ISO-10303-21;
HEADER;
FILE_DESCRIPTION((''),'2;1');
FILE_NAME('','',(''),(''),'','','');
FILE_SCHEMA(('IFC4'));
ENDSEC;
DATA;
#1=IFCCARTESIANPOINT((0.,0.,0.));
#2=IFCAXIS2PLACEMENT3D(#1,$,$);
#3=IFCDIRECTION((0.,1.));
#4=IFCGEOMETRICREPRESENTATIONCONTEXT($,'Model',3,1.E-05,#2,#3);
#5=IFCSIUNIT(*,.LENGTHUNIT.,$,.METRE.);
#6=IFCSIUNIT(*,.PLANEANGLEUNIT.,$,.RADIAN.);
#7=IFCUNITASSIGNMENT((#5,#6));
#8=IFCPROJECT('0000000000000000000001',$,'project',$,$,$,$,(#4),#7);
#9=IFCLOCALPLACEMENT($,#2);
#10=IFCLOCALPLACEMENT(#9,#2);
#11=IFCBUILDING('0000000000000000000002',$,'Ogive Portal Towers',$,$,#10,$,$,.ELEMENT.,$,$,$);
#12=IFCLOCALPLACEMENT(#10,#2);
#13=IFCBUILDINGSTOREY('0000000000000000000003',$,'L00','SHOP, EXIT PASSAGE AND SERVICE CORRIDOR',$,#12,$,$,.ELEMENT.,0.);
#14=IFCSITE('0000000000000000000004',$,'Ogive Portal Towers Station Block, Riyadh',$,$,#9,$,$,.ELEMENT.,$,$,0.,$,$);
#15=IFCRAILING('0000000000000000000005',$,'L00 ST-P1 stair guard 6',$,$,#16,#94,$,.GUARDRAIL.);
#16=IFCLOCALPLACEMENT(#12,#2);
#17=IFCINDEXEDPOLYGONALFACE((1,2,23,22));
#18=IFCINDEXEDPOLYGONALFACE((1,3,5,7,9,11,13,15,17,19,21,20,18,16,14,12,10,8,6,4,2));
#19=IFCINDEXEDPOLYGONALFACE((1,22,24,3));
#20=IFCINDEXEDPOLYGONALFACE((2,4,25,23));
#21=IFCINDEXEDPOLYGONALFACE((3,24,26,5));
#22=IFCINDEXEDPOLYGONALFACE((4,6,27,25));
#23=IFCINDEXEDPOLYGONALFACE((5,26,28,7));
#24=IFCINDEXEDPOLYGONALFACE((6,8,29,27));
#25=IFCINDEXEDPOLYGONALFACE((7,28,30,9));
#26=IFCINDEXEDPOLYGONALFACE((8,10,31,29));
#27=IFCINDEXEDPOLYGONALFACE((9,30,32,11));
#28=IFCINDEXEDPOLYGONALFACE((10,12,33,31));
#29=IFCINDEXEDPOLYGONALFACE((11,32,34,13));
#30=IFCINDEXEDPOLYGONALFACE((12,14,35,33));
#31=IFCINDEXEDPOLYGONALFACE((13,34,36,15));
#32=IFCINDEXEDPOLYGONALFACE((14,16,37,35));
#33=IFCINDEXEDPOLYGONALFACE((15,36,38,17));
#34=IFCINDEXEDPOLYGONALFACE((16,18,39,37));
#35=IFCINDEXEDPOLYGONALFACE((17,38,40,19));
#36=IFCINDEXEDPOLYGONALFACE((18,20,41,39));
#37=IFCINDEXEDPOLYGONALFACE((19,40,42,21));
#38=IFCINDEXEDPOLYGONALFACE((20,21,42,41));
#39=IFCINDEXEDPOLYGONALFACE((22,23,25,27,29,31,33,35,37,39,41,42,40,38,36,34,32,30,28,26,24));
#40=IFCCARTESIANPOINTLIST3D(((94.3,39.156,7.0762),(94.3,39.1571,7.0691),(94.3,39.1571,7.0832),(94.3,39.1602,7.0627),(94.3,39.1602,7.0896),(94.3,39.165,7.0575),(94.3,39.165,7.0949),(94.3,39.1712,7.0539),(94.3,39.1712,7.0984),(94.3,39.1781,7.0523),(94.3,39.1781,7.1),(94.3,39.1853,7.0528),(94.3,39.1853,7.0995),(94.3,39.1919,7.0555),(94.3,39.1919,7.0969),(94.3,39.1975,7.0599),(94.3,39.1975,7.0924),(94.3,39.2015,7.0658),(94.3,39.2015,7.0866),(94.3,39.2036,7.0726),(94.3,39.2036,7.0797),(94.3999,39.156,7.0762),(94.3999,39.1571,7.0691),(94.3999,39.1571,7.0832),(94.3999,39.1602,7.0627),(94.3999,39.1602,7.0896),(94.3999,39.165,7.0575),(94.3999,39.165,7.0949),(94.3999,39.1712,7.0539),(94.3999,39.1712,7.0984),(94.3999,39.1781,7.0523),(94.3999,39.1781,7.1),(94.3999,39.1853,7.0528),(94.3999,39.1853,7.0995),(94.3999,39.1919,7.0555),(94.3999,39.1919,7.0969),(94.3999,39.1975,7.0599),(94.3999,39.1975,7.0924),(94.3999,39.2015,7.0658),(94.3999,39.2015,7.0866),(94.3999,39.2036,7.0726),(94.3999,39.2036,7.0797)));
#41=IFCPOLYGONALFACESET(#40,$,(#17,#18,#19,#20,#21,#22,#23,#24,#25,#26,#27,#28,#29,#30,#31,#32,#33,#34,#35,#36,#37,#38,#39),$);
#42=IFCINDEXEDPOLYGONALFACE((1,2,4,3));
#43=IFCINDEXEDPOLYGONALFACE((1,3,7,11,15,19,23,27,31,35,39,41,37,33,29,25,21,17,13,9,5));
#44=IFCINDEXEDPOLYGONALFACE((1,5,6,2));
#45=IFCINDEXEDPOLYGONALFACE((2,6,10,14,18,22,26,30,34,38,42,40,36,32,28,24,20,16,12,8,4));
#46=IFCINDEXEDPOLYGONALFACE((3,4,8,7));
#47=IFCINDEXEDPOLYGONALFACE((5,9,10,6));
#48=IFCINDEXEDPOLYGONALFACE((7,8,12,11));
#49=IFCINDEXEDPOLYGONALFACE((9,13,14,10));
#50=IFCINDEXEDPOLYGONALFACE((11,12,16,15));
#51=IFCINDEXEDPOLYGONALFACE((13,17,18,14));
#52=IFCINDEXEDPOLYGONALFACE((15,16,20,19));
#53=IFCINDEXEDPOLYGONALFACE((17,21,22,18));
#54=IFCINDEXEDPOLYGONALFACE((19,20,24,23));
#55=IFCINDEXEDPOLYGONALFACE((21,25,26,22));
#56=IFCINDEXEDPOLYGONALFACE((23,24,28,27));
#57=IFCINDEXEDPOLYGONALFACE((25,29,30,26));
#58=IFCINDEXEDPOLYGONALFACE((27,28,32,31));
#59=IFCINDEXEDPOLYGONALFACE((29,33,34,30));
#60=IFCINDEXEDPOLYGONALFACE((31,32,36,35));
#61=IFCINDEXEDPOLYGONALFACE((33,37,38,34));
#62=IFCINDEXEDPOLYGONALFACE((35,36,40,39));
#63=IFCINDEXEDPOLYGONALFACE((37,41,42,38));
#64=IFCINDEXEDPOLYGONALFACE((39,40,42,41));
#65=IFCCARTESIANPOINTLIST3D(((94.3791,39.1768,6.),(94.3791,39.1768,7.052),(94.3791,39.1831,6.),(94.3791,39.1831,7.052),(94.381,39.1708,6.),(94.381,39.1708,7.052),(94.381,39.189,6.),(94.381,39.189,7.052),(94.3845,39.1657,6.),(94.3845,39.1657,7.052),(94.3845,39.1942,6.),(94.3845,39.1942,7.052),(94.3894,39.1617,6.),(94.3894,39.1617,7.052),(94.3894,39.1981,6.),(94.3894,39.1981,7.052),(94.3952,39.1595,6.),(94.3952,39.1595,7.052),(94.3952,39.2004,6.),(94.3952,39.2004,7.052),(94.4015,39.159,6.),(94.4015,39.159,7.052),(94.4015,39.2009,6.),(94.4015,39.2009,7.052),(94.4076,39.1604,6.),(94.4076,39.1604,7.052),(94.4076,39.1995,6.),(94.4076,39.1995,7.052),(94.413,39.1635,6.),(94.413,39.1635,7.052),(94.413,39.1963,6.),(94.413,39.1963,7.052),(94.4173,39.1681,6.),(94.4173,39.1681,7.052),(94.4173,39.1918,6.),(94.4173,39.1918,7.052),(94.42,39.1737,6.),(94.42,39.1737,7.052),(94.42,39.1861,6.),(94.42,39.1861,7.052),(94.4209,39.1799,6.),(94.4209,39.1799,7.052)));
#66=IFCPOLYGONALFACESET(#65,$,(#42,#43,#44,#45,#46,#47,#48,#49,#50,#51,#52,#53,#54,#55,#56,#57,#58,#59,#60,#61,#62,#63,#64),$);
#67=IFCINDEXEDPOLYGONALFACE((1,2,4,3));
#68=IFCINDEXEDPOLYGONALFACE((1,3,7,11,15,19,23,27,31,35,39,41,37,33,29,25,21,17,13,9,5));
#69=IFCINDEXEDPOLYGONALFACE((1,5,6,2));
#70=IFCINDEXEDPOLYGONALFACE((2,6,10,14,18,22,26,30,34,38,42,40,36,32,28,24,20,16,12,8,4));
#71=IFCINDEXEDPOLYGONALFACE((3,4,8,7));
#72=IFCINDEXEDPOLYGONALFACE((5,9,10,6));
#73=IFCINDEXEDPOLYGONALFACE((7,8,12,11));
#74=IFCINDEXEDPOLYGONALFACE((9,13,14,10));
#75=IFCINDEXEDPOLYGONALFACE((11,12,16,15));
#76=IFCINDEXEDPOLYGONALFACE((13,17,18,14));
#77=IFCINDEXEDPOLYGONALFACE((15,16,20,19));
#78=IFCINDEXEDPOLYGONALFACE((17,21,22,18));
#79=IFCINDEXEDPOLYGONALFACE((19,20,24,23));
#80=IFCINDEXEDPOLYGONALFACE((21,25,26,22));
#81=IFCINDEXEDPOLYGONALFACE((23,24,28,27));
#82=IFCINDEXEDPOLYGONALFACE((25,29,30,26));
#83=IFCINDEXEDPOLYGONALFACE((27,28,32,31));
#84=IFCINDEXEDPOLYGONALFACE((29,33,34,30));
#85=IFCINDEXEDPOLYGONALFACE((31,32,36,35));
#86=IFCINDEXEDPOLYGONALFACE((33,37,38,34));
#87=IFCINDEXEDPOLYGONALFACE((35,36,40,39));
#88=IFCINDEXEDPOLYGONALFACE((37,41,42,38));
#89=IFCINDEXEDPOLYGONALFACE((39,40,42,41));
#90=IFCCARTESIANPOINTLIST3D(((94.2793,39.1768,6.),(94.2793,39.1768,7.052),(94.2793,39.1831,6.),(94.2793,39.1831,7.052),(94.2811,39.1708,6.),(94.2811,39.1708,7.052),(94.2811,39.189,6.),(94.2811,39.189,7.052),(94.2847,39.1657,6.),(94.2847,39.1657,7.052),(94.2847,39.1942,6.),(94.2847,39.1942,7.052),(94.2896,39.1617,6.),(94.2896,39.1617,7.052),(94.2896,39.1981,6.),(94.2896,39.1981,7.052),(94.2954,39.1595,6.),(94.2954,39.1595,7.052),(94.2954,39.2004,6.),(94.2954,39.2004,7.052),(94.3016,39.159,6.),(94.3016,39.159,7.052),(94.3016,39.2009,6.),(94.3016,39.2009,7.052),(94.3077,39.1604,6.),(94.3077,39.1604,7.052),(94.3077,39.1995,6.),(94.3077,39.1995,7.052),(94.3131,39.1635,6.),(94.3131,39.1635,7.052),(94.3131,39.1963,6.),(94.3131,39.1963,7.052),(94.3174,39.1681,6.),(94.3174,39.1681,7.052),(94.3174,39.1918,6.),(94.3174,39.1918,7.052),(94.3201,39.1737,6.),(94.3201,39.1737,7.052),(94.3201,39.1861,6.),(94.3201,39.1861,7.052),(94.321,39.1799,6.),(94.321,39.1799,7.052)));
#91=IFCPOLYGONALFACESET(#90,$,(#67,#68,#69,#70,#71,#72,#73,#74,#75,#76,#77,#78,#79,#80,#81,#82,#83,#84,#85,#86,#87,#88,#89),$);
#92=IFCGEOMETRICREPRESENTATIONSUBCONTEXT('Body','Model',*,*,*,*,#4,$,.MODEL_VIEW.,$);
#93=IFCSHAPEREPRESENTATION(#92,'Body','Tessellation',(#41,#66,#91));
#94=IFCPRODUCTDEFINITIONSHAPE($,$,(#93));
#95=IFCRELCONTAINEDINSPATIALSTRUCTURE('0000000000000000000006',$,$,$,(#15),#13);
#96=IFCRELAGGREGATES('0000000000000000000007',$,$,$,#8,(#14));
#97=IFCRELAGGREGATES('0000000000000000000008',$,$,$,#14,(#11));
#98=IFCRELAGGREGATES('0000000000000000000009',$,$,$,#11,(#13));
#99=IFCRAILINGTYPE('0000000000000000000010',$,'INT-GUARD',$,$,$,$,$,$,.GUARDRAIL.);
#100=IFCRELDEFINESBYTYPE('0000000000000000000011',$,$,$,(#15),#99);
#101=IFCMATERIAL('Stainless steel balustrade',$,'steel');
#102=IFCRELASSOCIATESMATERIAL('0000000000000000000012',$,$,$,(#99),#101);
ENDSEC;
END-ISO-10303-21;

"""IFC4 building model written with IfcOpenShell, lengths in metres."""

from ifc_helpers import new_model, si_unit, direction, frame, origin, origin_2d, place, context, subcontext, project, spatial, circle, extrude, material, type_object, element, save


model = new_model("IFC4")

# Units and contexts
model_context = context("Model", 3, precision=1e-05, world=origin(), true_north=direction((0.0, 1.0)))
body_context = subcontext(model_context, "Body", "Model", "MODEL_VIEW")
ifc_project = project(units=[si_unit("LENGTHUNIT", "METRE"), si_unit("PLANEANGLEUNIT", "RADIAN")], contexts=[model_context])

# Site, building, storey
site_placement = place(None, origin())
site = spatial("IfcSite", under=ifc_project, at=site_placement, Name="Ogive Portal Towers Station Block, Riyadh", CompositionType="ELEMENT", RefElevation=0.0)
building_placement = place(site_placement, origin())
building = spatial("IfcBuilding", under=site, at=building_placement, Name="Ogive Portal Towers", CompositionType="ELEMENT")
storey_placement = place(building_placement, origin())
storey = spatial("IfcBuildingStorey", under=building, at=storey_placement, Name="L00", Description="SHOP, EXIT PASSAGE AND SERVICE CORRIDOR", CompositionType="ELEMENT", Elevation=0.0)

# Railing
ifc_material_1 = material(Name="Stainless steel balustrade", Category="steel")
railing_type = type_object("IfcRailingType", Name="INT-GUARD", PredefinedType="GUARDRAIL", material=ifc_material_1)
railing_placement = place(storey_placement, frame((94.3999, 39.1799, 6.0)))
element("IfcRailing", 1, at=railing_placement, inside=storey, type_object=railing_type, Name="L00 ST-P1 stair guard 6", PredefinedType="GUARDRAIL", context=body_context, shape_type="SweptSolid", body=[
    extrude(circle(Radius=0.0239, at=origin_2d()), frame((0.0, 0.0, 1.0762), z_axis=(-1.0, 0.0, 0.0), x_axis=(0.0, -1.0, 0.0)), (0.0, 0.0, 1.0), 0.0999),
    extrude(circle(Radius=0.021, at=origin_2d()), origin(), (0.0, 0.0, 1.0), 1.052),
    extrude(circle(Radius=0.021, at=origin_2d()), frame((-0.0999, 0.0, 0.0)), (0.0, 0.0, 1.0), 1.052),
])

save(model, "model.ifc")
